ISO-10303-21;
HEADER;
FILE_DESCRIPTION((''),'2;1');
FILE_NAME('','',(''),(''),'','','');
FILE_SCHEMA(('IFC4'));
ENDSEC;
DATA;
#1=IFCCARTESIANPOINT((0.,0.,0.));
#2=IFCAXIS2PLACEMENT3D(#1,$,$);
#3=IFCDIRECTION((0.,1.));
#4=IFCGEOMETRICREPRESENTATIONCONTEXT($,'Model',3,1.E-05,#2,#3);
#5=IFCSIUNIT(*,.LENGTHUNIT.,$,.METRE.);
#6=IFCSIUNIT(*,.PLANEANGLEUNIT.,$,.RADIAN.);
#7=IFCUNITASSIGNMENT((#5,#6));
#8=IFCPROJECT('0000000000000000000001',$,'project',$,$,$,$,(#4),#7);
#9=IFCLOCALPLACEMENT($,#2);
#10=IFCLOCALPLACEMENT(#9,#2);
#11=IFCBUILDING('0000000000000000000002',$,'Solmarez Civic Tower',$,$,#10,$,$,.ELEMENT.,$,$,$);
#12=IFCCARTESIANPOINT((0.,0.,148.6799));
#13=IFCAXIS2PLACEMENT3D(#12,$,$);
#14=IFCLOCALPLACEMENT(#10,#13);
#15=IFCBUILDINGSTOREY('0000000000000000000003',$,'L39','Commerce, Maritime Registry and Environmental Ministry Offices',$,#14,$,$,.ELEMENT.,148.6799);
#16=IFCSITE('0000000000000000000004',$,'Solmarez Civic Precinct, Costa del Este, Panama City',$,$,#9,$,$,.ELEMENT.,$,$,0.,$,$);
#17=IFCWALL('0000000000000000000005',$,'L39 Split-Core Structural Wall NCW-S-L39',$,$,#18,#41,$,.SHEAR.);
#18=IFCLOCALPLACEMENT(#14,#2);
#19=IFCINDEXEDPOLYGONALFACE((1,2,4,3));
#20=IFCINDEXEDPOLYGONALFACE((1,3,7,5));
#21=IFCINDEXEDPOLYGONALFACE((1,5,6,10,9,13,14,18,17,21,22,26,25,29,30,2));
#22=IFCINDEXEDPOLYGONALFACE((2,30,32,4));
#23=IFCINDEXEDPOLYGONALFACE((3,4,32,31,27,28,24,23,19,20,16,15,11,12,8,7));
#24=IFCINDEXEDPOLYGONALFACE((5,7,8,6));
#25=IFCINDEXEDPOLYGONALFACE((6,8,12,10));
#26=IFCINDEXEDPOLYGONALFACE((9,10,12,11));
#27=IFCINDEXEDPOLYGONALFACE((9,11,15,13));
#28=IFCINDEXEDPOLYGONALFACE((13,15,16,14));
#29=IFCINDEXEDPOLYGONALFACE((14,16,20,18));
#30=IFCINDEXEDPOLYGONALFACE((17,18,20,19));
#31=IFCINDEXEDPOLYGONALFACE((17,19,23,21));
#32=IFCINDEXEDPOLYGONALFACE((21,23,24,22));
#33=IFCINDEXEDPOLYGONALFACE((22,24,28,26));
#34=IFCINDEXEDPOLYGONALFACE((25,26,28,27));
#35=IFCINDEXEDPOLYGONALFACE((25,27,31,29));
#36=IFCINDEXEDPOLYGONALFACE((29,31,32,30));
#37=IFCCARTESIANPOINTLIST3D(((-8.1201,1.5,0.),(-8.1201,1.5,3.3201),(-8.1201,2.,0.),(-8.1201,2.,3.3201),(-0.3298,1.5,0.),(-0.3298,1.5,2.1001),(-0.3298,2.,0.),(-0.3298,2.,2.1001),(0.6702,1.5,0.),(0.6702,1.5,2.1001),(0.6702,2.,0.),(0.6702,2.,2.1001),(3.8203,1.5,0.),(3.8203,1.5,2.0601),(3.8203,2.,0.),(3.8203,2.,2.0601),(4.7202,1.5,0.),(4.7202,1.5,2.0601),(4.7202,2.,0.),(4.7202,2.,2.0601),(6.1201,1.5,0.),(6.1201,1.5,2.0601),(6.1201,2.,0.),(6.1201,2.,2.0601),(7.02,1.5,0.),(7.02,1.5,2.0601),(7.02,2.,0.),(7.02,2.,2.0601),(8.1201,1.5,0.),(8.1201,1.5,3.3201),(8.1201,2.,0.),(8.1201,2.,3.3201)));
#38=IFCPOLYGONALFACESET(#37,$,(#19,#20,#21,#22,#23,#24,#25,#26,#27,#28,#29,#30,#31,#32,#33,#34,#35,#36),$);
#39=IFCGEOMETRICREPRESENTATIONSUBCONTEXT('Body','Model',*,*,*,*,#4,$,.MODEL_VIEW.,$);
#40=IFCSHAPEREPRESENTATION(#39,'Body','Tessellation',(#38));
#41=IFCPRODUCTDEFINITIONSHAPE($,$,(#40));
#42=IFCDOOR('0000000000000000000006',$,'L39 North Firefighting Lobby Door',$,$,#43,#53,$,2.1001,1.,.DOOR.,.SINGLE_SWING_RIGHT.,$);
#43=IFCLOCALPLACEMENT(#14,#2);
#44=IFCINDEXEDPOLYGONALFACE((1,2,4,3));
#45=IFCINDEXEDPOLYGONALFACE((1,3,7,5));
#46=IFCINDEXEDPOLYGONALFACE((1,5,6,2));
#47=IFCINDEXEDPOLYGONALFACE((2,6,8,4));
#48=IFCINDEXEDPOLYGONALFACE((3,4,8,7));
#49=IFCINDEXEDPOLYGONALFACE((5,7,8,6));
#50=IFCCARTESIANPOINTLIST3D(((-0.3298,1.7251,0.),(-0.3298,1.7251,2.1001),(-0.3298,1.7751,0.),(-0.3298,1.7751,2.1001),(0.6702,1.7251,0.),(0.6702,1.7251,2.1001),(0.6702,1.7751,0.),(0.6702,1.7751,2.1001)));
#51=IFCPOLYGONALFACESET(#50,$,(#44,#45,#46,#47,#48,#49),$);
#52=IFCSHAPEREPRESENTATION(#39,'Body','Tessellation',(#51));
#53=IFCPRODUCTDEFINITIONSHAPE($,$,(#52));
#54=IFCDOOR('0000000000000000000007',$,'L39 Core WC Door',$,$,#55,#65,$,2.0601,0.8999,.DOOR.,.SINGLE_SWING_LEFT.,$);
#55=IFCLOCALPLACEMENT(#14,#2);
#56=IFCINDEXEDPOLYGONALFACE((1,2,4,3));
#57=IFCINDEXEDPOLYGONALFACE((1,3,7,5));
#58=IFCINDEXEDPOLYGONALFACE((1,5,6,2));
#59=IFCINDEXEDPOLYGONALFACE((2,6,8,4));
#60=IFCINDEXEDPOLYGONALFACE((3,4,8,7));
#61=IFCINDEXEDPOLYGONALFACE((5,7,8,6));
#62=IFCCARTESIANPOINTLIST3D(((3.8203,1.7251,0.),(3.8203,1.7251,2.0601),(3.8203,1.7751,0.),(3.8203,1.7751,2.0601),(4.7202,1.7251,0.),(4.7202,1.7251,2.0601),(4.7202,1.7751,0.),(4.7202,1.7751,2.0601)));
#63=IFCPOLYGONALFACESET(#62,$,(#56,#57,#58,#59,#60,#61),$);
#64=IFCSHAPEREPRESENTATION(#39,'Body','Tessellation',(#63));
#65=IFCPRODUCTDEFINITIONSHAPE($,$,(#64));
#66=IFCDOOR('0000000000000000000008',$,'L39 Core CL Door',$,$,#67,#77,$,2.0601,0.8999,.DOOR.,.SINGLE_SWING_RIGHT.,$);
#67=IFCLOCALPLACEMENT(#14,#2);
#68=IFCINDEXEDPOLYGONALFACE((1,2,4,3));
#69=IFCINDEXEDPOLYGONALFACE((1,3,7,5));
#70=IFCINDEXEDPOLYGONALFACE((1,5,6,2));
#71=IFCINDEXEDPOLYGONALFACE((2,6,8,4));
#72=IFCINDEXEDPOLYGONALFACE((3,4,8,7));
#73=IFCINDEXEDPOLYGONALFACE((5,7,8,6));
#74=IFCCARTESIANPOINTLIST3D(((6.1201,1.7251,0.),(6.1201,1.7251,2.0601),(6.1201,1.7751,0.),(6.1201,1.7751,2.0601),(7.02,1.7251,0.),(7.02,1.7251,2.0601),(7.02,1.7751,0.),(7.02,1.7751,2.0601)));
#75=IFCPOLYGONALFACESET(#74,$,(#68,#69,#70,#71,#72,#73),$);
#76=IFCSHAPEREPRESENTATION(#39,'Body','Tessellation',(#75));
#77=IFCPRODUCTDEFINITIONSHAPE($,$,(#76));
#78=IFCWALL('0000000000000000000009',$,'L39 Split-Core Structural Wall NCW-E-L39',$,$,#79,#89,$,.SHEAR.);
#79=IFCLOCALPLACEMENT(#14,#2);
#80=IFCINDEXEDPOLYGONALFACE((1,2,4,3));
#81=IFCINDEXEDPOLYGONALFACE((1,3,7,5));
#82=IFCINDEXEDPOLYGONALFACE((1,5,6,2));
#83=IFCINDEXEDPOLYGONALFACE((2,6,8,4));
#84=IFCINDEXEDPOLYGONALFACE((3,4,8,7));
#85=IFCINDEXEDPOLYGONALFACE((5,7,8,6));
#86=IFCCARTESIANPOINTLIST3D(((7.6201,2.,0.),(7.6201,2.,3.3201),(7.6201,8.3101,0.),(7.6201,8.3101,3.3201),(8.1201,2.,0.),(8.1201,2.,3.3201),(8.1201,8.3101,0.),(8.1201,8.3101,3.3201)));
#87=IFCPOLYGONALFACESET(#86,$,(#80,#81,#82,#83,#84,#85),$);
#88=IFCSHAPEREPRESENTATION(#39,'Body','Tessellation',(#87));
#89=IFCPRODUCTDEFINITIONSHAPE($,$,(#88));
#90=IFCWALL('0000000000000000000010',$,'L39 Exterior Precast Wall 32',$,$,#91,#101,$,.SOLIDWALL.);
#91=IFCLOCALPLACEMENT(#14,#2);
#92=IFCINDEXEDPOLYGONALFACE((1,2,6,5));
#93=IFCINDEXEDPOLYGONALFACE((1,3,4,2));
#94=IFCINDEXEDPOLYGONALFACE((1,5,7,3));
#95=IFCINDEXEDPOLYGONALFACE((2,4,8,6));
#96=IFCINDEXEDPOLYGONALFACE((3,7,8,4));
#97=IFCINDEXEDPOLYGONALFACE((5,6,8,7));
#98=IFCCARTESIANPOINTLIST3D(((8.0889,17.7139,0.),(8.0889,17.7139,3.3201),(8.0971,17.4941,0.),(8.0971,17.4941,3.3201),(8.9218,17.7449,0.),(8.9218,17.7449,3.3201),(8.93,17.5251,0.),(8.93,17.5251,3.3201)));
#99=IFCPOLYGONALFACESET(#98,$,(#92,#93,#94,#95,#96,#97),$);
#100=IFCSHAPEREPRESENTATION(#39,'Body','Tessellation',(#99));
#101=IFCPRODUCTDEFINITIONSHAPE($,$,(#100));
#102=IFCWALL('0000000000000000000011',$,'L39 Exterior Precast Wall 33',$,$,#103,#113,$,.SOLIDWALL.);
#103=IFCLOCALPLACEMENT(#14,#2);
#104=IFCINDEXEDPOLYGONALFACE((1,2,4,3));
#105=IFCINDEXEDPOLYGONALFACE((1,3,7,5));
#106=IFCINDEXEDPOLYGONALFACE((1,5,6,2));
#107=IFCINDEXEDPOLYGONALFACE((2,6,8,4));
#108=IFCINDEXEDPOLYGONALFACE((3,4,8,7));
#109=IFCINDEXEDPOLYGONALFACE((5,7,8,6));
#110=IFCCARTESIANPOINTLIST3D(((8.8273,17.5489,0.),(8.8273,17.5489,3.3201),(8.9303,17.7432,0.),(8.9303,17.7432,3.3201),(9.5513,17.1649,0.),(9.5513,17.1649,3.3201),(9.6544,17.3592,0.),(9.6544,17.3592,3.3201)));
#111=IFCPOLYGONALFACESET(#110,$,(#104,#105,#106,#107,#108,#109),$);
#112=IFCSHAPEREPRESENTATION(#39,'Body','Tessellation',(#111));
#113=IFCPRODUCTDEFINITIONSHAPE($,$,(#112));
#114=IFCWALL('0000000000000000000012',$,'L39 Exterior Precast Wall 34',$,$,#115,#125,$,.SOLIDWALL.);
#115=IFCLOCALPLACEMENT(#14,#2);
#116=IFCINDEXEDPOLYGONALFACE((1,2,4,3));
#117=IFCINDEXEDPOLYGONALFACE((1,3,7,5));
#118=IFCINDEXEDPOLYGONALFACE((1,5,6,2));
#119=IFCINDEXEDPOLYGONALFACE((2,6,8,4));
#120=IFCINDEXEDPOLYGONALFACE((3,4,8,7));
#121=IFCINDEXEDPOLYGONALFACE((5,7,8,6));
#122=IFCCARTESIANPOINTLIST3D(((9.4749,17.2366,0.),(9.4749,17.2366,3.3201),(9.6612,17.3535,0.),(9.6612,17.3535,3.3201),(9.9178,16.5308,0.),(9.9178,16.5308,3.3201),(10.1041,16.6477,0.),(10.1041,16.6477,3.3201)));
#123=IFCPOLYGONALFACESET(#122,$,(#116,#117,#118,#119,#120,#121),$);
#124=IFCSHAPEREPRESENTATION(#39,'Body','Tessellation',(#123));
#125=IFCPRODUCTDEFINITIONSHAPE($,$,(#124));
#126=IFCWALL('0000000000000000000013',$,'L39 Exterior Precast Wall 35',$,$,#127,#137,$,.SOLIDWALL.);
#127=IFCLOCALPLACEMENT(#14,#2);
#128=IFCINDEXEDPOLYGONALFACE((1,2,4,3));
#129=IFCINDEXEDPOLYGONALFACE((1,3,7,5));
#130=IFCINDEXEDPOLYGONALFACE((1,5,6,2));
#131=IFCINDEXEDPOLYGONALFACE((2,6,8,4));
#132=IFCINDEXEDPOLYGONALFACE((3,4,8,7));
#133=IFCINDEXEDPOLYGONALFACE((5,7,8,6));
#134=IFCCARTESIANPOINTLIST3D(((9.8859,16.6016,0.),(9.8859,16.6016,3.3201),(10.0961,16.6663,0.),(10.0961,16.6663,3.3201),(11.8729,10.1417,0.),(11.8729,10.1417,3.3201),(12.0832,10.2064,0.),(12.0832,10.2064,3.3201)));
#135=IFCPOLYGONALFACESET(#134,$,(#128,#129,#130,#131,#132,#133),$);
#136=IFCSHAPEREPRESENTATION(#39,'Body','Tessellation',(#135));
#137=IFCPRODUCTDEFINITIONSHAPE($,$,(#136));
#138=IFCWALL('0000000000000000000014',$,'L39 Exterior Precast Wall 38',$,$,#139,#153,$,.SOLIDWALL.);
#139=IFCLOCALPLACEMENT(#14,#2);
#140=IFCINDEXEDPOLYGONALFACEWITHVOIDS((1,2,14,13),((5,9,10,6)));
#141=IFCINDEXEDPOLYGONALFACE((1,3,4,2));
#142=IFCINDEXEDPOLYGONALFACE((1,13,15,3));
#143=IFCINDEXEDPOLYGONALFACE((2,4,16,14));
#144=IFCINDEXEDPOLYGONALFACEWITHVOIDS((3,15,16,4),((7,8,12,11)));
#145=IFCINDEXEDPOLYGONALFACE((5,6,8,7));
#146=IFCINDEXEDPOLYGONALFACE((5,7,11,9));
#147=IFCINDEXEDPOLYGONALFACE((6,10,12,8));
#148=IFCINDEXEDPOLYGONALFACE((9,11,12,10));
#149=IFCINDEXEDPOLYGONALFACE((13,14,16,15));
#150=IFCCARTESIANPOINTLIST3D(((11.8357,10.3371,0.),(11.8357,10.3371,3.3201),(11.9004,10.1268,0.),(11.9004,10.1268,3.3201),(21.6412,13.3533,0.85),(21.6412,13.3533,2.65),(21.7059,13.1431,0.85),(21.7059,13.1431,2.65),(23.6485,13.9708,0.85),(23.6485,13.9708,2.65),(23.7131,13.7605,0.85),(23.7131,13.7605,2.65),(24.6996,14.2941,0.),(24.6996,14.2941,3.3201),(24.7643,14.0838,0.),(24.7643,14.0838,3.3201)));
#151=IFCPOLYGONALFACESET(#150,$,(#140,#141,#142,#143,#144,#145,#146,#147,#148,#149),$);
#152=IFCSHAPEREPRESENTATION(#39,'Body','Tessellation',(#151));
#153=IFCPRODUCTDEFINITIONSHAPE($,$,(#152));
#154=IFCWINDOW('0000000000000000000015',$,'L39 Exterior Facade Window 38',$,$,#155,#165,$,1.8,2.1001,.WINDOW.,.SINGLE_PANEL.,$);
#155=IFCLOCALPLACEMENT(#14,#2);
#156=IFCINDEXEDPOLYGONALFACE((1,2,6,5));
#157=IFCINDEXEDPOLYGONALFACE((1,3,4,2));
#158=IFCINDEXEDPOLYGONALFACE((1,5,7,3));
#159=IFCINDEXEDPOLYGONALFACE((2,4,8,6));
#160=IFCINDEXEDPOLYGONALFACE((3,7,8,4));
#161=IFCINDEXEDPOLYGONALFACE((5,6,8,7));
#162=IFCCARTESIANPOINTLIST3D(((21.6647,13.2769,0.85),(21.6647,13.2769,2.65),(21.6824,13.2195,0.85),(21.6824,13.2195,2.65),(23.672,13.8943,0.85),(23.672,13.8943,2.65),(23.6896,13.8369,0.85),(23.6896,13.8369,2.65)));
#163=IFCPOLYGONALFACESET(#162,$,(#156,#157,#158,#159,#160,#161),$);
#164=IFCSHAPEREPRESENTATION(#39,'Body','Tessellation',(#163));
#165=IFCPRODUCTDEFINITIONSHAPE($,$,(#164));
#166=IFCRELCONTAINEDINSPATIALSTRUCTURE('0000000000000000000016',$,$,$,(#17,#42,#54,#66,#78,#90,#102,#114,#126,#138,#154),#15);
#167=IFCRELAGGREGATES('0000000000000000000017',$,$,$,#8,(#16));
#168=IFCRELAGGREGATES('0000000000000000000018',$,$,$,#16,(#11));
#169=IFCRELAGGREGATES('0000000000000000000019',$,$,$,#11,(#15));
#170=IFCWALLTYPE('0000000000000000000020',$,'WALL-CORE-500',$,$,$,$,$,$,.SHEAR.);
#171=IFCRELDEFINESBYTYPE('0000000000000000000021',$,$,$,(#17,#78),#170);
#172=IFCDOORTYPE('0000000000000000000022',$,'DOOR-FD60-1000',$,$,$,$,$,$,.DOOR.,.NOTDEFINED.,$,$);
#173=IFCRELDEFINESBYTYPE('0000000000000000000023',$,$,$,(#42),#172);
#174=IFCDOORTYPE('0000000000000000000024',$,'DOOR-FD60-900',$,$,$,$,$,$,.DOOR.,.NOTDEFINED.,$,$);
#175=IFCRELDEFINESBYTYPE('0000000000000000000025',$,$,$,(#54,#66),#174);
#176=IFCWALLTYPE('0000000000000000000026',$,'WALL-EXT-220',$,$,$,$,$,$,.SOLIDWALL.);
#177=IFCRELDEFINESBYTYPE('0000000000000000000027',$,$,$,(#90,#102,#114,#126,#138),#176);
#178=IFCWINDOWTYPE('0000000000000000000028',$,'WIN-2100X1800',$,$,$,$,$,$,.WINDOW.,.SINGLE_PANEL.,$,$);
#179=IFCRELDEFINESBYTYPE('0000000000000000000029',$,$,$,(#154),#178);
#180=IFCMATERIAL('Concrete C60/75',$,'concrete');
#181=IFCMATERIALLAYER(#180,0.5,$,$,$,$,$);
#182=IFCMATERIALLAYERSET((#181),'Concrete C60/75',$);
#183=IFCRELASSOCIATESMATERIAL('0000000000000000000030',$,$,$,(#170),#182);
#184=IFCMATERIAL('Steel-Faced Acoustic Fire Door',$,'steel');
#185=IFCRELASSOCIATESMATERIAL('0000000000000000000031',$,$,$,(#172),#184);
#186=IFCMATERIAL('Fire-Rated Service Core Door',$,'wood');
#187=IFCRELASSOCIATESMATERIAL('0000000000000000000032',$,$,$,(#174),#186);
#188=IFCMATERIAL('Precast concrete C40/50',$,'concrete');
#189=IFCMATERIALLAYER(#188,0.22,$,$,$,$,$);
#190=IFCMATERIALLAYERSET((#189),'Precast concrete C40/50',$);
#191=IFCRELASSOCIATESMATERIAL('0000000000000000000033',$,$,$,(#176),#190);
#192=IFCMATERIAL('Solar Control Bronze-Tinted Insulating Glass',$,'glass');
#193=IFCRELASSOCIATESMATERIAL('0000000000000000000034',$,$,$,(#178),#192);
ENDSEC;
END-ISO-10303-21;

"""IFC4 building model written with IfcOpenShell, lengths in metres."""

from ifc_helpers import new_model, si_unit, direction, frame, frame_2d, origin, place, context, subcontext, project, spatial, rectangle, extrude, material, layer, layer_set, type_object, element, fill, save


model = new_model("IFC4")

# Units and contexts
model_context = context("Model", 3, precision=1e-05, world=origin(), true_north=direction((0.0, 1.0)))
body_context = subcontext(model_context, "Body", "Model", "MODEL_VIEW")
ifc_project = project(units=[si_unit("LENGTHUNIT", "METRE"), si_unit("PLANEANGLEUNIT", "RADIAN")], contexts=[model_context])

# Site, building, storey
site_placement = place(None, origin())
site = spatial("IfcSite", under=ifc_project, at=site_placement, Name="Solmarez Civic Precinct, Costa del Este, Panama City", CompositionType="ELEMENT", RefElevation=0.0)
building_placement = place(site_placement, origin())
building = spatial("IfcBuilding", under=site, at=building_placement, Name="Solmarez Civic Tower", CompositionType="ELEMENT")
storey_placement = place(building_placement, frame((0.0, 0.0, 148.6799)))
storey = spatial("IfcBuildingStorey", under=building, at=storey_placement, Name="L39", Description="Commerce, Maritime Registry and Environmental Ministry Offices", CompositionType="ELEMENT", Elevation=148.6799)

# Wall, openings, doors
ifc_material_1 = material(Name="Concrete C60/75", Category="concrete")
ifc_layer_1 = layer(ifc_material_1, 0.5)
ifc_layer_set_1 = layer_set([ifc_layer_1], Name="Concrete C60/75")
wall_type_1 = type_object("IfcWallType", Name="WALL-CORE-500", PredefinedType="SHEAR", material=ifc_layer_set_1)
wall_1_placement = place(storey_placement, frame((8.1201, 1.75, 0.0), z_axis=(0.0, 0.0, 1.0), x_axis=(-1.0, 0.0, 0.0)))
wall_1 = element("IfcWall", 1, at=wall_1_placement, inside=storey, type_object=wall_type_1, Name="L39 Split-Core Structural Wall NCW-S-L39", PredefinedType="SHEAR", context=body_context, shape_type="SweptSolid", body=[
    extrude(rectangle(XDim=16.2402, YDim=0.5, at=frame_2d((8.1201, 0.0))), origin(), (0.0, 0.0, 1.0), 3.3201),
])
opening_1_placement = place(wall_1_placement, frame((7.45, 0.0, 0.0)))
opening_1 = element("IfcOpeningElement", 2, at=opening_1_placement, cuts=wall_1, PredefinedType="OPENING", context=body_context, shape_type="SweptSolid", body=[
    extrude(rectangle(XDim=1.0, YDim=2.1001, at=frame_2d((0.5, 1.05))), frame((0.0, 0.26, 0.0), z_axis=(0.0, -1.0, 0.0), x_axis=(1.0, 0.0, 0.0)), (0.0, 0.0, 1.0), 0.52),
])
opening_2_placement = place(wall_1_placement, frame((3.3999, 0.0, 0.0)))
opening_2 = element("IfcOpeningElement", 3, at=opening_2_placement, cuts=wall_1, PredefinedType="OPENING", context=body_context, shape_type="SweptSolid", body=[
    extrude(rectangle(XDim=0.8999, YDim=2.0601, at=frame_2d((0.45, 1.03))), frame((0.0, 0.26, 0.0), z_axis=(0.0, -1.0, 0.0), x_axis=(1.0, 0.0, 0.0)), (0.0, 0.0, 1.0), 0.52),
])
opening_3_placement = place(wall_1_placement, frame((1.1001, 0.0, 0.0)))
opening_3 = element("IfcOpeningElement", 4, at=opening_3_placement, cuts=wall_1, PredefinedType="OPENING", context=body_context, shape_type="SweptSolid", body=[
    extrude(rectangle(XDim=0.8999, YDim=2.0601, at=frame_2d((0.45, 1.03))), frame((0.0, 0.26, 0.0), z_axis=(0.0, -1.0, 0.0), x_axis=(1.0, 0.0, 0.0)), (0.0, 0.0, 1.0), 0.52),
])
ifc_material_2 = material(Name="Steel-Faced Acoustic Fire Door", Category="steel")
door_type_1 = type_object("IfcDoorType", Name="DOOR-FD60-1000", OperationType="NOTDEFINED", PredefinedType="DOOR", material=ifc_material_2)
door_1_placement = place(opening_1_placement, origin())
door_1 = element("IfcDoor", 5, at=door_1_placement, inside=storey, type_object=door_type_1, Name="L39 North Firefighting Lobby Door", OperationType="SINGLE_SWING_RIGHT", OverallHeight=2.1001, OverallWidth=1.0, PredefinedType="DOOR", context=body_context, shape_type="SweptSolid", body=[
    extrude(rectangle(XDim=1.0, YDim=2.1001, at=frame_2d((0.5, 1.05))), frame((0.0, 0.0249, 0.0), z_axis=(0.0, -1.0, 0.0), x_axis=(1.0, 0.0, 0.0)), (0.0, 0.0, 1.0), 0.05),
])
fill(opening_1, door_1)
ifc_material_3 = material(Name="Fire-Rated Service Core Door", Category="wood")
door_type_2 = type_object("IfcDoorType", Name="DOOR-FD60-900", OperationType="NOTDEFINED", PredefinedType="DOOR", material=ifc_material_3)
door_2_placement = place(opening_2_placement, origin())
door_2 = element("IfcDoor", 6, at=door_2_placement, inside=storey, type_object=door_type_2, Name="L39 Core WC Door", OperationType="SINGLE_SWING_LEFT", OverallHeight=2.0601, OverallWidth=0.8999, PredefinedType="DOOR", context=body_context, shape_type="SweptSolid", body=[
    extrude(rectangle(XDim=0.8999, YDim=2.0601, at=frame_2d((0.45, 1.03))), frame((0.0, 0.0249, 0.0), z_axis=(0.0, -1.0, 0.0), x_axis=(1.0, 0.0, 0.0)), (0.0, 0.0, 1.0), 0.05),
])
fill(opening_2, door_2)
door_3_placement = place(opening_3_placement, origin())
door_3 = element("IfcDoor", 7, at=door_3_placement, inside=storey, type_object=door_type_2, Name="L39 Core CL Door", OperationType="SINGLE_SWING_RIGHT", OverallHeight=2.0601, OverallWidth=0.8999, PredefinedType="DOOR", context=body_context, shape_type="SweptSolid", body=[
    extrude(rectangle(XDim=0.8999, YDim=2.0601, at=frame_2d((0.45, 1.03))), frame((0.0, 0.0249, 0.0), z_axis=(0.0, -1.0, 0.0), x_axis=(1.0, 0.0, 0.0)), (0.0, 0.0, 1.0), 0.05),
])
fill(opening_3, door_3)

# Walls
wall_2_placement = place(storey_placement, frame((7.8701, 8.3101, 0.0), z_axis=(0.0, 0.0, 1.0), x_axis=(0.0, -1.0, 0.0)))
element("IfcWall", 8, at=wall_2_placement, inside=storey, type_object=wall_type_1, Name="L39 Split-Core Structural Wall NCW-E-L39", PredefinedType="SHEAR", context=body_context, shape_type="SweptSolid", body=[
    extrude(rectangle(XDim=6.3101, YDim=0.5, at=frame_2d((3.155, 0.0))), origin(), (0.0, 0.0, 1.0), 3.3201),
])
ifc_material_4 = material(Name="Precast concrete C40/50", Category="concrete")
ifc_layer_2 = layer(ifc_material_4, 0.22)
ifc_layer_set_2 = layer_set([ifc_layer_2], Name="Precast concrete C40/50")
wall_type_2 = type_object("IfcWallType", Name="WALL-EXT-220", PredefinedType="SOLIDWALL", material=ifc_layer_set_2)
wall_3_placement = place(storey_placement, frame((8.093, 17.604, 0.0), z_axis=(0.0, 0.0, 1.0), x_axis=(0.999308, 0.037196, 0.0)))
element("IfcWall", 9, at=wall_3_placement, inside=storey, type_object=wall_type_2, Name="L39 Exterior Precast Wall 32", PredefinedType="SOLIDWALL", context=body_context, shape_type="SweptSolid", body=[
    extrude(rectangle(XDim=0.8335, YDim=0.22, at=frame_2d((0.4167, 0.0))), origin(), (0.0, 0.0, 1.0), 3.3201),
])
wall_4_placement = place(storey_placement, frame((8.8789, 17.646, 0.0), z_axis=(0.0, 0.0, 1.0), x_axis=(0.883447, -0.468531, 0.0)))
element("IfcWall", 10, at=wall_4_placement, inside=storey, type_object=wall_type_2, Name="L39 Exterior Precast Wall 33", PredefinedType="SOLIDWALL", context=body_context, shape_type="SweptSolid", body=[
    extrude(rectangle(XDim=0.8196, YDim=0.22, at=frame_2d((0.4097, 0.0))), origin(), (0.0, 0.0, 1.0), 3.3201),
])
wall_5_placement = place(storey_placement, frame((9.5681, 17.2949, 0.0), z_axis=(0.0, 0.0, 1.0), x_axis=(0.531499, -0.847059, 0.0)))
element("IfcWall", 11, at=wall_5_placement, inside=storey, type_object=wall_type_2, Name="L39 Exterior Precast Wall 34", PredefinedType="SOLIDWALL", context=body_context, shape_type="SweptSolid", body=[
    extrude(rectangle(XDim=0.8333, YDim=0.22, at=frame_2d((0.4165, 0.0))), origin(), (0.0, 0.0, 1.0), 3.3201),
])
wall_6_placement = place(storey_placement, frame((9.991, 16.634, 0.0), z_axis=(0.0, 0.0, 1.0), x_axis=(0.294002, -0.955805, 0.0)))
element("IfcWall", 12, at=wall_6_placement, inside=storey, type_object=wall_type_2, Name="L39 Exterior Precast Wall 35", PredefinedType="SOLIDWALL", context=body_context, shape_type="SweptSolid", body=[
    extrude(rectangle(XDim=6.7585, YDim=0.22, at=frame_2d((3.3794, 0.0))), origin(), (0.0, 0.0, 1.0), 3.3201),
])

# Wall, opening, window
wall_7_placement = place(storey_placement, frame((11.8679, 10.2319, 0.0), z_axis=(0.0, 0.0, 1.0), x_axis=(0.955803, 0.294009, 0.0)))
wall_7 = element("IfcWall", 13, at=wall_7_placement, inside=storey, type_object=wall_type_2, Name="L39 Exterior Precast Wall 38", PredefinedType="SOLIDWALL", context=body_context, shape_type="SweptSolid", body=[
    extrude(rectangle(XDim=13.4587, YDim=0.22, at=frame_2d((6.7295, 0.0))), origin(), (0.0, 0.0, 1.0), 3.3201),
])
opening_4_placement = place(wall_7_placement, frame((10.259, 0.0, 0.8501)))
opening_4 = element("IfcOpeningElement", 14, at=opening_4_placement, cuts=wall_7, PredefinedType="OPENING", context=body_context, shape_type="SweptSolid", body=[
    extrude(rectangle(XDim=2.1001, YDim=1.8, at=frame_2d((1.05, 0.8999))), frame((0.0, 0.1199, 0.0), z_axis=(0.0, -1.0, 0.0), x_axis=(1.0, 0.0, 0.0)), (0.0, 0.0, 1.0), 0.24),
])
ifc_material_5 = material(Name="Solar Control Bronze-Tinted Insulating Glass", Category="glass")
window_type = type_object("IfcWindowType", Name="WIN-2100X1800", PartitioningType="SINGLE_PANEL", PredefinedType="WINDOW", material=ifc_material_5)
window_placement = place(opening_4_placement, origin())
window = element("IfcWindow", 15, at=window_placement, inside=storey, type_object=window_type, Name="L39 Exterior Facade Window 38", OverallHeight=1.8, OverallWidth=2.1001, PartitioningType="SINGLE_PANEL", PredefinedType="WINDOW", context=body_context, shape_type="SweptSolid", body=[
    extrude(rectangle(XDim=2.1001, YDim=1.8, at=frame_2d((1.05, 0.8999))), frame((0.0, 0.03, 0.0), z_axis=(0.0, -1.0, 0.0), x_axis=(1.0, 0.0, 0.0)), (0.0, 0.0, 1.0), 0.0601),
])
fill(opening_4, window)

save(model, "model.ifc")
